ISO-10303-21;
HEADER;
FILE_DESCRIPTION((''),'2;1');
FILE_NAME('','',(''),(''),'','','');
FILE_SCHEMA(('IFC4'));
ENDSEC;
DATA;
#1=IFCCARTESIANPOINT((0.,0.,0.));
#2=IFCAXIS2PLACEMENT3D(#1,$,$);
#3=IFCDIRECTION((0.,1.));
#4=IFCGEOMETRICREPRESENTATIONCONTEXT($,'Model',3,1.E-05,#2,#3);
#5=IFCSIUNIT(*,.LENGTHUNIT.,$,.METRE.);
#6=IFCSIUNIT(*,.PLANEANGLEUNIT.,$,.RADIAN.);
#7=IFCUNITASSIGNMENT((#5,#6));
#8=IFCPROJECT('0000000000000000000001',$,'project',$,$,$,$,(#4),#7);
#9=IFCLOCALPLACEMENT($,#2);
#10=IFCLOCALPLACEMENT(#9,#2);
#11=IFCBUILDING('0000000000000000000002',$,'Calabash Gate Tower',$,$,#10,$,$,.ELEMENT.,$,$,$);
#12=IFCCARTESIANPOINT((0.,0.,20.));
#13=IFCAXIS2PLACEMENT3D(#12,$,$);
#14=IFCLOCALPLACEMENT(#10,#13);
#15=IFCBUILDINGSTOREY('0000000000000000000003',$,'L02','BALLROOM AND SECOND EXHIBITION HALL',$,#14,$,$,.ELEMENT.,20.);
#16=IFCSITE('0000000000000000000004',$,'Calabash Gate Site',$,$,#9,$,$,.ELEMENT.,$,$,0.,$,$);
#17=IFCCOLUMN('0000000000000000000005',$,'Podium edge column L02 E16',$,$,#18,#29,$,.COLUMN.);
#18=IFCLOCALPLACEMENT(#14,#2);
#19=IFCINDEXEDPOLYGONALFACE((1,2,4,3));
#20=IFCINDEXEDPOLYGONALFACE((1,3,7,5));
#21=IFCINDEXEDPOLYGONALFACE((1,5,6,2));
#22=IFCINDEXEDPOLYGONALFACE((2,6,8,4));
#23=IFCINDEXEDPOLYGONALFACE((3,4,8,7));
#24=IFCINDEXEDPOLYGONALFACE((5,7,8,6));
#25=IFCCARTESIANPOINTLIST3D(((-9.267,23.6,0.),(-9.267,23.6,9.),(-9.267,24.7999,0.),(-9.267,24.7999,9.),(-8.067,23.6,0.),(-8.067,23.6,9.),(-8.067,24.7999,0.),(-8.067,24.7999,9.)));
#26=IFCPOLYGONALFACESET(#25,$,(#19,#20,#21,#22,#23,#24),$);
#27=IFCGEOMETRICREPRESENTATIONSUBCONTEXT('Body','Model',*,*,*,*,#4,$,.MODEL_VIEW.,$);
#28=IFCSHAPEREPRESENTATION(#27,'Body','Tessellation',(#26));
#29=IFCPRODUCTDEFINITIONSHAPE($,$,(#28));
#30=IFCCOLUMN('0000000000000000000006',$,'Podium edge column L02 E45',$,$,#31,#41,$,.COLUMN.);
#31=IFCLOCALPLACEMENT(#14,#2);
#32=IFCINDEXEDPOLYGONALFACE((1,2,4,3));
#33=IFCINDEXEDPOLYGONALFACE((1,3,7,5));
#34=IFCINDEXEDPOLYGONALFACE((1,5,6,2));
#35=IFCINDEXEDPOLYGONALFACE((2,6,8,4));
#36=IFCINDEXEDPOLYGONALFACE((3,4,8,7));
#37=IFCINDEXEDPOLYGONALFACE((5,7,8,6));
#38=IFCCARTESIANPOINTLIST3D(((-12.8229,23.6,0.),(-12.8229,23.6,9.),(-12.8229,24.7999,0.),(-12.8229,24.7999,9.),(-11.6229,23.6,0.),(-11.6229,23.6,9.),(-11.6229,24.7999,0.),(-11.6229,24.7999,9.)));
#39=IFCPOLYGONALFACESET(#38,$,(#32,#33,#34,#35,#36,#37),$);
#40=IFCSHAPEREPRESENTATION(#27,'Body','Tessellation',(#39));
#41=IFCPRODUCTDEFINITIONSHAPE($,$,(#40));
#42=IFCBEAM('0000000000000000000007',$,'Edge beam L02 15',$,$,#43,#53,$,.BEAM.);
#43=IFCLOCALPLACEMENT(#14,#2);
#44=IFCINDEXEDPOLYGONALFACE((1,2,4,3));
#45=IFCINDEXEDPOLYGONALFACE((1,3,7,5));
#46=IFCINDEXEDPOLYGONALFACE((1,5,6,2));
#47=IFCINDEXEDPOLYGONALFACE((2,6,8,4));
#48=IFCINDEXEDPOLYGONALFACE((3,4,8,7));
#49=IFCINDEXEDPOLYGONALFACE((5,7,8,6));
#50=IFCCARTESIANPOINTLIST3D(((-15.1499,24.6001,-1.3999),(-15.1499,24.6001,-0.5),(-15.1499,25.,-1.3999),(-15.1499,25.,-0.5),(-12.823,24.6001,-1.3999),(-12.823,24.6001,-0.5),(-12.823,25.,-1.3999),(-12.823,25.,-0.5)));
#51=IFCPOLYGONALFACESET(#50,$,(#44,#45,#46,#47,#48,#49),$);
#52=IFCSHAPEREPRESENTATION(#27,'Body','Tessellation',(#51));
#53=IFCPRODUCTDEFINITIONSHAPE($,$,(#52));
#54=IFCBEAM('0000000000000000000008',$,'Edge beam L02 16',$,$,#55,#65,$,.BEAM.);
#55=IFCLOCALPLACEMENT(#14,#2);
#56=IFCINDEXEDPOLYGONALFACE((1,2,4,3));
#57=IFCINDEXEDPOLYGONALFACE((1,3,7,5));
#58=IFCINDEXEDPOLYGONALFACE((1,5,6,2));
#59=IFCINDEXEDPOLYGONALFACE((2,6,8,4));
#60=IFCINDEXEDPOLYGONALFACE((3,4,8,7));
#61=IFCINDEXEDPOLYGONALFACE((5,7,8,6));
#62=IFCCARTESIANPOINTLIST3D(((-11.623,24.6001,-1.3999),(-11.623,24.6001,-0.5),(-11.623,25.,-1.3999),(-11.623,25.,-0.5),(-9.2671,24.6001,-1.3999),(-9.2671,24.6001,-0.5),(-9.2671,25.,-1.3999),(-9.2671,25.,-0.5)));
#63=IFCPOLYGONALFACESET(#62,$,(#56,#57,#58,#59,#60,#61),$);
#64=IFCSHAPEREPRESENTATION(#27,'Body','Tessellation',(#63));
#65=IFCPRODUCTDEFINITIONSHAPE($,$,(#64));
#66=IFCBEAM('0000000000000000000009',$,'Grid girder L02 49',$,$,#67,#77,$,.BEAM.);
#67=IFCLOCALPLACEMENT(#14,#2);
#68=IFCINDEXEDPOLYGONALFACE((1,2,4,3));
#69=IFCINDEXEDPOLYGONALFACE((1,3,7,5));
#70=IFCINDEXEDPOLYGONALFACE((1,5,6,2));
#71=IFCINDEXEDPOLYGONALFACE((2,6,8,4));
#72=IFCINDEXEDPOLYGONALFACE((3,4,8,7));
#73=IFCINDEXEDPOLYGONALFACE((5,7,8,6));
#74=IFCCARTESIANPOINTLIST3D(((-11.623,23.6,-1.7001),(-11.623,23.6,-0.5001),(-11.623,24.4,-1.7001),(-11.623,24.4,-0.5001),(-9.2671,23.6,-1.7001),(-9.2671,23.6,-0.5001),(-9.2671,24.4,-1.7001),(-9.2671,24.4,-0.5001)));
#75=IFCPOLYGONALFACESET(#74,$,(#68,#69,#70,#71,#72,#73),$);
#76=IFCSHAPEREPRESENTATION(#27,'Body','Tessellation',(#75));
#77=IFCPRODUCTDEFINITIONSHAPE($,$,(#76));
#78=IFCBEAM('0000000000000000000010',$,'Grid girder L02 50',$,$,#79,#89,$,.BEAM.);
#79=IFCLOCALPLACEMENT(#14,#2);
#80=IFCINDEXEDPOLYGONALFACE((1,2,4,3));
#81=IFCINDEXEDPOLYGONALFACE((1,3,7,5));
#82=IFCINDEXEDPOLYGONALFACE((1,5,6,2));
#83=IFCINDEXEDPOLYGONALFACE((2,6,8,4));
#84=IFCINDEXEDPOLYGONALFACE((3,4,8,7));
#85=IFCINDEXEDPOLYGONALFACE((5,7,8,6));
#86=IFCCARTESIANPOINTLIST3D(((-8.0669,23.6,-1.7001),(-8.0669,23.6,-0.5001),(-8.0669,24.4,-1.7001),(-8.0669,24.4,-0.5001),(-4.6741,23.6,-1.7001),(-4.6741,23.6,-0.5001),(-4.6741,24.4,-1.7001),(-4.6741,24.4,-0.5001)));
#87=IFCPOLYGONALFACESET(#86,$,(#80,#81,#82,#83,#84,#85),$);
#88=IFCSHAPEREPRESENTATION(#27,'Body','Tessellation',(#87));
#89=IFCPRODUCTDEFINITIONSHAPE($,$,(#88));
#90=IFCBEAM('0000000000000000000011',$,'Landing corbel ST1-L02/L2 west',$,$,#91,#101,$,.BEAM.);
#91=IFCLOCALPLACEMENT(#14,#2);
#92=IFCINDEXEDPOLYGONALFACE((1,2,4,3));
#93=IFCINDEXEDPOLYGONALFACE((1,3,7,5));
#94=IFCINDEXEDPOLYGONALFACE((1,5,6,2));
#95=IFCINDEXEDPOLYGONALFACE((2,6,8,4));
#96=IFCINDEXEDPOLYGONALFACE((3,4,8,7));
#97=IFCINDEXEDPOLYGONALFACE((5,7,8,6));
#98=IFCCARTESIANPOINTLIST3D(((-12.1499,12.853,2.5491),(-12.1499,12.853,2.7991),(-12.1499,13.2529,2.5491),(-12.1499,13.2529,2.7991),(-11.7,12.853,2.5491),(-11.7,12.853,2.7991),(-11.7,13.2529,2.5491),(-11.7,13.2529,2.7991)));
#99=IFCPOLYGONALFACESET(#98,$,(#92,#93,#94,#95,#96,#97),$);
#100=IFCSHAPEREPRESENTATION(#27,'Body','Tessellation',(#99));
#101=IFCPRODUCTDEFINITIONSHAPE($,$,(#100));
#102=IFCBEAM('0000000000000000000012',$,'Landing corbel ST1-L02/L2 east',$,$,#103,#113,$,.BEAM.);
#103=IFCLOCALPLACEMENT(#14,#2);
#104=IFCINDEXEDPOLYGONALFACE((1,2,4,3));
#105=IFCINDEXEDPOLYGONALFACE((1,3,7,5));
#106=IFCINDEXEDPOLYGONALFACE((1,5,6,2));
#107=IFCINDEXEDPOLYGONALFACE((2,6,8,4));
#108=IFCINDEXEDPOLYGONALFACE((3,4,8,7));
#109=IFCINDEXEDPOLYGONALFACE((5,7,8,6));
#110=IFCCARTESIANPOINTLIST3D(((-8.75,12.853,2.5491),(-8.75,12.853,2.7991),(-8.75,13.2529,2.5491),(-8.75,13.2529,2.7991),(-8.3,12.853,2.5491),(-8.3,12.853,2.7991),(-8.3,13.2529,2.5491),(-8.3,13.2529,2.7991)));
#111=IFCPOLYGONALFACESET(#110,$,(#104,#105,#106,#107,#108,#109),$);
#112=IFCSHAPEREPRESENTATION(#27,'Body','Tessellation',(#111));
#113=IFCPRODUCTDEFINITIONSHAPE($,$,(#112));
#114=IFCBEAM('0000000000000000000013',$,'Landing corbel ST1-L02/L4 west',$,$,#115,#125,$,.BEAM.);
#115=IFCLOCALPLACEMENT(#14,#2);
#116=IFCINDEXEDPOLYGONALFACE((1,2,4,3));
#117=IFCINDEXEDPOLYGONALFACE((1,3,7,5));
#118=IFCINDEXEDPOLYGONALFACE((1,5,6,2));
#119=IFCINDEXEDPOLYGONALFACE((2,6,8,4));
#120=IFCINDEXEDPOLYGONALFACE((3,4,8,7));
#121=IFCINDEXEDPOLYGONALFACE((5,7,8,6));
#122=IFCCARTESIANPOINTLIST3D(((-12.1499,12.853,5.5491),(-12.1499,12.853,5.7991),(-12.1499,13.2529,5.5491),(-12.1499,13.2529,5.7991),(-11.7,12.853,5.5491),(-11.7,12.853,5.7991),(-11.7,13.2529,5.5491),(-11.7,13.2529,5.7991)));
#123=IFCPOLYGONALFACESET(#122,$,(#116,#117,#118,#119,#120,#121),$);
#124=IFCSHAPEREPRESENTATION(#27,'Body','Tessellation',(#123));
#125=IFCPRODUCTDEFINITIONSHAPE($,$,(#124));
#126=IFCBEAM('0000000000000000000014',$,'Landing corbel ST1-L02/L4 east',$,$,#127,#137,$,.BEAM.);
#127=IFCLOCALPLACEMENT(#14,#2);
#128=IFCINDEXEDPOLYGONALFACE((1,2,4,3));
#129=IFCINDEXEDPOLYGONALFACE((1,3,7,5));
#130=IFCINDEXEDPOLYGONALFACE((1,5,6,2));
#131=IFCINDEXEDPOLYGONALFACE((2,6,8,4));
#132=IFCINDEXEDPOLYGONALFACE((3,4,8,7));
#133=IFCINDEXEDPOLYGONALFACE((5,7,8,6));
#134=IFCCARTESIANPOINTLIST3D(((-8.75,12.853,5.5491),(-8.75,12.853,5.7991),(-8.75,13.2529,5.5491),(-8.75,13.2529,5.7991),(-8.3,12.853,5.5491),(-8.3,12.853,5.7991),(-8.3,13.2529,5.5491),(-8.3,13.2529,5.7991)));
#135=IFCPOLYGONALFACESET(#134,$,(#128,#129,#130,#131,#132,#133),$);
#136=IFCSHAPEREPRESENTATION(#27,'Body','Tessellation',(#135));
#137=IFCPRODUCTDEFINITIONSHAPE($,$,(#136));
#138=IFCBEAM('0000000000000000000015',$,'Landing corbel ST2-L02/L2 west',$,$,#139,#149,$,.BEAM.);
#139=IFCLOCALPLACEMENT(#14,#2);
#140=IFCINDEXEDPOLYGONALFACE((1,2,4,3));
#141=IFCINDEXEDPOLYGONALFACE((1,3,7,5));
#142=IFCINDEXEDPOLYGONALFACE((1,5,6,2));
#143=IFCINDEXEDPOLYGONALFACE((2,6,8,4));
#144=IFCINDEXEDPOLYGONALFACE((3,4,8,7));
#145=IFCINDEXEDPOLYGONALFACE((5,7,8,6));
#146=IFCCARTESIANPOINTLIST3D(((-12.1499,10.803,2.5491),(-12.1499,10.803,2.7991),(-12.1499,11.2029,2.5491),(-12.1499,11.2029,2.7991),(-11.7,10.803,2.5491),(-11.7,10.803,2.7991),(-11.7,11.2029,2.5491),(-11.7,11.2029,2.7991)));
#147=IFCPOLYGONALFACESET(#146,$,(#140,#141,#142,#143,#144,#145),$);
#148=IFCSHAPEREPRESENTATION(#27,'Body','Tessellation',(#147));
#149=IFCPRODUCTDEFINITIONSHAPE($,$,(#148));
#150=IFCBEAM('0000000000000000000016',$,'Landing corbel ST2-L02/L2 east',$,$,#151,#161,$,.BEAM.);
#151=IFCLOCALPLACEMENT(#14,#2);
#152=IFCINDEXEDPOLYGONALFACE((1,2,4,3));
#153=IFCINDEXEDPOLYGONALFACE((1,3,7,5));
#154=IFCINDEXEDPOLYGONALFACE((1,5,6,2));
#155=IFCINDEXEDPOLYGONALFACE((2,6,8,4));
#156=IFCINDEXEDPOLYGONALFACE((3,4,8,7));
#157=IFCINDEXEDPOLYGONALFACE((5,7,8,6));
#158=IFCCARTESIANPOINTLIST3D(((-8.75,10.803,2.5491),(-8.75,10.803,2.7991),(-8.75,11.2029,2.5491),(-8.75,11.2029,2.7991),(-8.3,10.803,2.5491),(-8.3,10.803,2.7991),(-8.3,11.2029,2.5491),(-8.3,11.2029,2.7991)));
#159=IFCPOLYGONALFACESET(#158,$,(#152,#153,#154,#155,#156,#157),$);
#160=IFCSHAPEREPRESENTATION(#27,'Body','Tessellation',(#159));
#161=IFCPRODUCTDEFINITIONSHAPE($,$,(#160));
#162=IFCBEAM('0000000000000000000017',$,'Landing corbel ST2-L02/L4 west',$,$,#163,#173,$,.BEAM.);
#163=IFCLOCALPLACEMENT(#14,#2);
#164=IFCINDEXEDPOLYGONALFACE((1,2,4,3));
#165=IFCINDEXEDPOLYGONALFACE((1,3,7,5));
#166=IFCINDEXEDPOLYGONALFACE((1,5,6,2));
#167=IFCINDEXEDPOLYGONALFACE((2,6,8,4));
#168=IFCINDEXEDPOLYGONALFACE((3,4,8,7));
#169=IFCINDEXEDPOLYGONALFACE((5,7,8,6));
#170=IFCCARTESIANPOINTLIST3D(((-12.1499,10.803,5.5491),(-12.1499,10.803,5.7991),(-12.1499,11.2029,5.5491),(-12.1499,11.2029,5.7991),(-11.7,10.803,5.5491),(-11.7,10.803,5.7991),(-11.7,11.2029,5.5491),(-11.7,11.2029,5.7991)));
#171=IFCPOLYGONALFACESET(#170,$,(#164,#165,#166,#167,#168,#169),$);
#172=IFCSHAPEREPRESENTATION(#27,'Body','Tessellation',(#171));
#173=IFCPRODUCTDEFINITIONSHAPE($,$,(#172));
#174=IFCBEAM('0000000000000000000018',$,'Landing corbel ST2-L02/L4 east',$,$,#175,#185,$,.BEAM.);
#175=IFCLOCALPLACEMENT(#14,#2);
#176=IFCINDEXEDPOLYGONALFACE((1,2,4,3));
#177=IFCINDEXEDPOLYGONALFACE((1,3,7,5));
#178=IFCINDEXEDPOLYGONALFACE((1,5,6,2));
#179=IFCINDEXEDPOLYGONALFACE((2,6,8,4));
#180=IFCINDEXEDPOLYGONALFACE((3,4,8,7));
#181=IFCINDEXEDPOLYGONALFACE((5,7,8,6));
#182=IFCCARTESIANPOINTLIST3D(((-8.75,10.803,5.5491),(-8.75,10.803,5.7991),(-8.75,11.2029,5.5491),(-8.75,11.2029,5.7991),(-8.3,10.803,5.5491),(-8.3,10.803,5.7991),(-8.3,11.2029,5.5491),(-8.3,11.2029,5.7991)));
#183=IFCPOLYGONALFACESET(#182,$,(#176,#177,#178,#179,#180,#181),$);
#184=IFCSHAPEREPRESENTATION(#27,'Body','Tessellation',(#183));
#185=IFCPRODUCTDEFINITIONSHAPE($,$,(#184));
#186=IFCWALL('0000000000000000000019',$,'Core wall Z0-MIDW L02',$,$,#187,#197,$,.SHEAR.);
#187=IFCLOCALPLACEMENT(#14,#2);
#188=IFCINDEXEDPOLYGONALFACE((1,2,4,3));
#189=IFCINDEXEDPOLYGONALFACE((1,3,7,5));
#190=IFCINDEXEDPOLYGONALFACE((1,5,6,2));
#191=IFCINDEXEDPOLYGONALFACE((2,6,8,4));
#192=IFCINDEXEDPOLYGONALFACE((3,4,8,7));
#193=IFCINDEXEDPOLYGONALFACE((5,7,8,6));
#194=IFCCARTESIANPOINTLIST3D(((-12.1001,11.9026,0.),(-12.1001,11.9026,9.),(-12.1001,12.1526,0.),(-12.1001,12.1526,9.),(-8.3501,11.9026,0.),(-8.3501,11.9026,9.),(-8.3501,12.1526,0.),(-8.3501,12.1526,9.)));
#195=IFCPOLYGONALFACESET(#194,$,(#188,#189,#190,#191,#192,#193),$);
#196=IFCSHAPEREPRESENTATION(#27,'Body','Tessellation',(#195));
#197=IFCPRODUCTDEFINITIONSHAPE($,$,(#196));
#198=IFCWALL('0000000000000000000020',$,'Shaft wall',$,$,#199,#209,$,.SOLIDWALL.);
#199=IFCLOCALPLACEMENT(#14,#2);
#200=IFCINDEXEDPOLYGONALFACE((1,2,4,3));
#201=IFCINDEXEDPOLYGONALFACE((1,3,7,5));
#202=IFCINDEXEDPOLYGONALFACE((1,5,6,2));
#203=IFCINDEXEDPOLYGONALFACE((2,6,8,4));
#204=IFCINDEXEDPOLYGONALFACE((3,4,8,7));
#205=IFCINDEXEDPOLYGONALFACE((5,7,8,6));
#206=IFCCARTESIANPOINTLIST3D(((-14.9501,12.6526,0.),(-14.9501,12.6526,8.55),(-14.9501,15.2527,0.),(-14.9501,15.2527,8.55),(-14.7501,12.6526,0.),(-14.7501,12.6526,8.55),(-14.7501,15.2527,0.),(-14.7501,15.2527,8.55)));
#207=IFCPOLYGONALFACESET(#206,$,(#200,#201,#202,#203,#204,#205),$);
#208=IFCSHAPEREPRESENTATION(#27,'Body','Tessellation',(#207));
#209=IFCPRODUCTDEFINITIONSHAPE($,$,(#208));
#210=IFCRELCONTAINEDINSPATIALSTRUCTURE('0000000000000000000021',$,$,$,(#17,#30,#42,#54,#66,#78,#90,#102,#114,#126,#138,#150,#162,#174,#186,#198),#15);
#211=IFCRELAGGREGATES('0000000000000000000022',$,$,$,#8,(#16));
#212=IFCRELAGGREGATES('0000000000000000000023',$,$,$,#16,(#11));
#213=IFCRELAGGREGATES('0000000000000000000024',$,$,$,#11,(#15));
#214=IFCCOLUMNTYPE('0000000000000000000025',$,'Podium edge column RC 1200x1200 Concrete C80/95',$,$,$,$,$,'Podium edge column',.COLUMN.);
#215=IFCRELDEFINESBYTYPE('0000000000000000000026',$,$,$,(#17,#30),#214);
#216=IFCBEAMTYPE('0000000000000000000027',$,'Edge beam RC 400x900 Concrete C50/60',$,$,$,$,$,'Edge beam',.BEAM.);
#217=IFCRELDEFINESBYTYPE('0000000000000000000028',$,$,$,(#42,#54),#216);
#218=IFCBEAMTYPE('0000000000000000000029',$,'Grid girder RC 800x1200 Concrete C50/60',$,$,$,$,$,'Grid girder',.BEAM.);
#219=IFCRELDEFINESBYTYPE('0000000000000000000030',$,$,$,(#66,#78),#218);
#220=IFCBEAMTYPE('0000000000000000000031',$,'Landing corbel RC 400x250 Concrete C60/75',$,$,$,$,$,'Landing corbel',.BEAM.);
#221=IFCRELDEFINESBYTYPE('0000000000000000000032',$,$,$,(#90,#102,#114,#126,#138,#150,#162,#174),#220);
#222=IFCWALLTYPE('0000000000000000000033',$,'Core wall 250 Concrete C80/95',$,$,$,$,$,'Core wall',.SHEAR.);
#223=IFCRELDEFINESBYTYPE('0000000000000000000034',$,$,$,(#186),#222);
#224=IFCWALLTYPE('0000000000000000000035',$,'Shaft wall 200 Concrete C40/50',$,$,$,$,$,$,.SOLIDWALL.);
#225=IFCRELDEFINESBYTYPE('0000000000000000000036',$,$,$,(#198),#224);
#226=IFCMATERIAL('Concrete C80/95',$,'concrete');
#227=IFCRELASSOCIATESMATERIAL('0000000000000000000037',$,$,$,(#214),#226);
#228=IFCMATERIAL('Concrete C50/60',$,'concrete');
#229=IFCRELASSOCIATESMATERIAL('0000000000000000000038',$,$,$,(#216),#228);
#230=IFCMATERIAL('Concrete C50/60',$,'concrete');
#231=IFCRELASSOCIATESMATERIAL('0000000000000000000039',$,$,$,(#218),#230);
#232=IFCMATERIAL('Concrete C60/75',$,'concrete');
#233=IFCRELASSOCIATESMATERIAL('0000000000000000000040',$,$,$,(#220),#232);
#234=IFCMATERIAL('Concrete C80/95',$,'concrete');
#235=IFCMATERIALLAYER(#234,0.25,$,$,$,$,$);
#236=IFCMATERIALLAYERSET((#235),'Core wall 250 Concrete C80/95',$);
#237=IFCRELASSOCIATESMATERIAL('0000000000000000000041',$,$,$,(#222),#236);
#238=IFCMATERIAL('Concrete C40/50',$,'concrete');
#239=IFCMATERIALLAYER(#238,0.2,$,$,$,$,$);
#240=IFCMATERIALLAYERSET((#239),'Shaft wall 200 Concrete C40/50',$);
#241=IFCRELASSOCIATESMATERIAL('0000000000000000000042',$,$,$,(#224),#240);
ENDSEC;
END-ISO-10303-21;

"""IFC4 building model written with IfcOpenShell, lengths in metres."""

from ifc_helpers import new_model, si_unit, direction, frame, frame_2d, origin, origin_2d, place, context, subcontext, project, spatial, rectangle, extrude, material, layer, layer_set, material_profile, profile_set, type_object, element, save


model = new_model("IFC4")

# Units and contexts
model_context = context("Model", 3, precision=1e-05, world=origin(), true_north=direction((0.0, 1.0)))
body_context = subcontext(model_context, "Body", "Model", "MODEL_VIEW")
ifc_project = project(units=[si_unit("LENGTHUNIT", "METRE"), si_unit("PLANEANGLEUNIT", "RADIAN")], contexts=[model_context])

# Site, building, storey
site_placement = place(None, origin())
site = spatial("IfcSite", under=ifc_project, at=site_placement, Name="Calabash Gate Site", CompositionType="ELEMENT", RefElevation=0.0)
building_placement = place(site_placement, origin())
building = spatial("IfcBuilding", under=site, at=building_placement, Name="Calabash Gate Tower", CompositionType="ELEMENT")
storey_placement = place(building_placement, frame((0.0, 0.0, 20.0)))
storey = spatial("IfcBuildingStorey", under=building, at=storey_placement, Name="L02", Description="BALLROOM AND SECOND EXHIBITION HALL", CompositionType="ELEMENT", Elevation=20.0)

# Columns
ifc_material_1 = material(Name="Concrete C80/95", Category="concrete")
ifc_material_profile_1 = material_profile(ifc_material_1, rectangle(XDim=1.2, YDim=1.2, at=origin_2d()))
ifc_profile_set_1 = profile_set([ifc_material_profile_1], Name="Concrete C80/95")
column_type = type_object("IfcColumnType", Name="Podium edge column RC 1200x1200 Concrete C80/95", ElementType="Podium edge column", PredefinedType="COLUMN", material=ifc_profile_set_1)
for number, where, z_axis, x_axis, name in (
    (1, (-8.667, 24.2, 0.0), (0.0, 0.0, 1.0), (1.0, 0.0, 0.0), "Podium edge column L02 E16"),
    (2, (-12.2229, 24.2, 0.0), (0.0, 0.0, 1.0), (1.0, 0.0, 0.0), "Podium edge column L02 E45"),
):
    element("IfcColumn", number, at=place(storey_placement, frame(where, z_axis=z_axis, x_axis=x_axis)), inside=storey, type_object=column_type, Name=name, PredefinedType="COLUMN", context=body_context, shape_type="SweptSolid", body=[
        extrude(rectangle(XDim=1.2, YDim=1.2, at=origin_2d()), origin(), (0.0, 0.0, 1.0), 9.0),
    ])

# Beams
ifc_material_2 = material(Name="Concrete C50/60", Category="concrete")
ifc_material_profile_2 = material_profile(ifc_material_2, rectangle(XDim=0.3999, YDim=0.8999, at=origin_2d()))
ifc_profile_set_2 = profile_set([ifc_material_profile_2], Name="Concrete C50/60")
beam_type_1 = type_object("IfcBeamType", Name="Edge beam RC 400x900 Concrete C50/60", ElementType="Edge beam", PredefinedType="BEAM", material=ifc_profile_set_2)
beam_1_placement = place(storey_placement, frame((-15.1499, 24.8, -0.95), z_axis=(1.0, 0.0, 0.0), x_axis=(0.0, 1.0, 0.0)))
element("IfcBeam", 3, at=beam_1_placement, inside=storey, type_object=beam_type_1, Name="Edge beam L02 15", PredefinedType="BEAM", context=body_context, shape_type="SweptSolid", body=[
    extrude(rectangle(XDim=0.3999, YDim=0.8999, at=origin_2d()), origin(), (0.0, 0.0, 1.0), 2.3269),
])
beam_2_placement = place(storey_placement, frame((-11.623, 24.8, -0.95), z_axis=(1.0, 0.0, 0.0), x_axis=(0.0, 1.0, 0.0)))
element("IfcBeam", 4, at=beam_2_placement, inside=storey, type_object=beam_type_1, Name="Edge beam L02 16", PredefinedType="BEAM", context=body_context, shape_type="SweptSolid", body=[
    extrude(rectangle(XDim=0.3999, YDim=0.8999, at=origin_2d()), origin(), (0.0, 0.0, 1.0), 2.356),
])
ifc_material_3 = material(Name="Concrete C50/60", Category="concrete")
ifc_material_profile_3 = material_profile(ifc_material_3, rectangle(XDim=0.8, YDim=1.2, at=origin_2d()))
ifc_profile_set_3 = profile_set([ifc_material_profile_3], Name="Concrete C50/60")
beam_type_2 = type_object("IfcBeamType", Name="Grid girder RC 800x1200 Concrete C50/60", ElementType="Grid girder", PredefinedType="BEAM", material=ifc_profile_set_3)
beam_3_placement = place(storey_placement, frame((-11.623, 24.0, -1.1001), z_axis=(1.0, 0.0, 0.0), x_axis=(0.0, 1.0, 0.0)))
element("IfcBeam", 5, at=beam_3_placement, inside=storey, type_object=beam_type_2, Name="Grid girder L02 49", PredefinedType="BEAM", context=body_context, shape_type="SweptSolid", body=[
    extrude(rectangle(XDim=0.8, YDim=1.2, at=origin_2d()), origin(), (0.0, 0.0, 1.0), 2.356),
])
beam_4_placement = place(storey_placement, frame((-8.0669, 24.0, -1.1001), z_axis=(1.0, 0.0, 0.0), x_axis=(0.0, 1.0, 0.0)))
element("IfcBeam", 6, at=beam_4_placement, inside=storey, type_object=beam_type_2, Name="Grid girder L02 50", PredefinedType="BEAM", context=body_context, shape_type="SweptSolid", body=[
    extrude(rectangle(XDim=0.8, YDim=1.2, at=origin_2d()), origin(), (0.0, 0.0, 1.0), 3.3928),
])
ifc_material_4 = material(Name="Concrete C60/75", Category="concrete")
ifc_material_profile_4 = material_profile(ifc_material_4, rectangle(XDim=0.3999, YDim=0.25, at=origin_2d()))
ifc_profile_set_4 = profile_set([ifc_material_profile_4], Name="Concrete C60/75")
beam_type_3 = type_object("IfcBeamType", Name="Landing corbel RC 400x250 Concrete C60/75", ElementType="Landing corbel", PredefinedType="BEAM", material=ifc_profile_set_4)
for number, where, z_axis, x_axis, name in (
    (7, (-12.1499, 13.053, 2.6741), (1.0, 0.0, 0.0), (0.0, 1.0, 0.0), "Landing corbel ST1-L02/L2 west"),
    (8, (-8.3, 13.053, 2.6741), (-1.0, 0.0, 0.0), (0.0, -1.0, 0.0), "Landing corbel ST1-L02/L2 east"),
    (9, (-12.1499, 13.053, 5.6741), (1.0, 0.0, 0.0), (0.0, 1.0, 0.0), "Landing corbel ST1-L02/L4 west"),
    (10, (-8.3, 13.053, 5.6741), (-1.0, 0.0, 0.0), (0.0, -1.0, 0.0), "Landing corbel ST1-L02/L4 east"),
    (11, (-12.1499, 11.0029, 2.6741), (1.0, 0.0, 0.0), (0.0, 1.0, 0.0), "Landing corbel ST2-L02/L2 west"),
    (12, (-8.3, 11.0029, 2.6741), (-1.0, 0.0, 0.0), (0.0, -1.0, 0.0), "Landing corbel ST2-L02/L2 east"),
    (13, (-12.1499, 11.0029, 5.6741), (1.0, 0.0, 0.0), (0.0, 1.0, 0.0), "Landing corbel ST2-L02/L4 west"),
    (14, (-8.3, 11.0029, 5.6741), (-1.0, 0.0, 0.0), (0.0, -1.0, 0.0), "Landing corbel ST2-L02/L4 east"),
):
    element("IfcBeam", number, at=place(storey_placement, frame(where, z_axis=z_axis, x_axis=x_axis)), inside=storey, type_object=beam_type_3, Name=name, PredefinedType="BEAM", context=body_context, shape_type="SweptSolid", body=[
        extrude(rectangle(XDim=0.3999, YDim=0.25, at=origin_2d()), origin(), (0.0, 0.0, 1.0), 0.45),
    ])

# Walls
ifc_material_5 = material(Name="Concrete C80/95", Category="concrete")
ifc_layer_1 = layer(ifc_material_5, 0.25)
ifc_layer_set_1 = layer_set([ifc_layer_1], Name="Core wall 250 Concrete C80/95")
wall_type_1 = type_object("IfcWallType", Name="Core wall 250 Concrete C80/95", ElementType="Core wall", PredefinedType="SHEAR", material=ifc_layer_set_1)
wall_1_placement = place(storey_placement, frame((-12.1001, 12.0276, 0.0), z_axis=(0.0, 0.0, 1.0), x_axis=(1.0, 0.0, 0.0)))
element("IfcWall", 15, at=wall_1_placement, inside=storey, type_object=wall_type_1, Name="Core wall Z0-MIDW L02", PredefinedType="SHEAR", context=body_context, shape_type="SweptSolid", body=[
    extrude(rectangle(XDim=3.75, YDim=0.25, at=frame_2d((1.875, 0.0))), origin(), (0.0, 0.0, 1.0), 9.0),
])
ifc_material_6 = material(Name="Concrete C40/50", Category="concrete")
ifc_layer_2 = layer(ifc_material_6, 0.2)
ifc_layer_set_2 = layer_set([ifc_layer_2], Name="Shaft wall 200 Concrete C40/50")
wall_type_2 = type_object("IfcWallType", Name="Shaft wall 200 Concrete C40/50", PredefinedType="SOLIDWALL", material=ifc_layer_set_2)
wall_2_placement = place(storey_placement, frame((-14.8501, 12.6526, 0.0), z_axis=(0.0, 0.0, 1.0), x_axis=(0.0, 1.0, 0.0)))
element("IfcWall", 16, at=wall_2_placement, inside=storey, type_object=wall_type_2, Name="Shaft wall", PredefinedType="SOLIDWALL", context=body_context, shape_type="SweptSolid", body=[
    extrude(rectangle(XDim=2.6001, YDim=0.2, at=frame_2d((1.3, 0.0))), origin(), (0.0, 0.0, 1.0), 8.55),
])

save(model, "model.ifc")
